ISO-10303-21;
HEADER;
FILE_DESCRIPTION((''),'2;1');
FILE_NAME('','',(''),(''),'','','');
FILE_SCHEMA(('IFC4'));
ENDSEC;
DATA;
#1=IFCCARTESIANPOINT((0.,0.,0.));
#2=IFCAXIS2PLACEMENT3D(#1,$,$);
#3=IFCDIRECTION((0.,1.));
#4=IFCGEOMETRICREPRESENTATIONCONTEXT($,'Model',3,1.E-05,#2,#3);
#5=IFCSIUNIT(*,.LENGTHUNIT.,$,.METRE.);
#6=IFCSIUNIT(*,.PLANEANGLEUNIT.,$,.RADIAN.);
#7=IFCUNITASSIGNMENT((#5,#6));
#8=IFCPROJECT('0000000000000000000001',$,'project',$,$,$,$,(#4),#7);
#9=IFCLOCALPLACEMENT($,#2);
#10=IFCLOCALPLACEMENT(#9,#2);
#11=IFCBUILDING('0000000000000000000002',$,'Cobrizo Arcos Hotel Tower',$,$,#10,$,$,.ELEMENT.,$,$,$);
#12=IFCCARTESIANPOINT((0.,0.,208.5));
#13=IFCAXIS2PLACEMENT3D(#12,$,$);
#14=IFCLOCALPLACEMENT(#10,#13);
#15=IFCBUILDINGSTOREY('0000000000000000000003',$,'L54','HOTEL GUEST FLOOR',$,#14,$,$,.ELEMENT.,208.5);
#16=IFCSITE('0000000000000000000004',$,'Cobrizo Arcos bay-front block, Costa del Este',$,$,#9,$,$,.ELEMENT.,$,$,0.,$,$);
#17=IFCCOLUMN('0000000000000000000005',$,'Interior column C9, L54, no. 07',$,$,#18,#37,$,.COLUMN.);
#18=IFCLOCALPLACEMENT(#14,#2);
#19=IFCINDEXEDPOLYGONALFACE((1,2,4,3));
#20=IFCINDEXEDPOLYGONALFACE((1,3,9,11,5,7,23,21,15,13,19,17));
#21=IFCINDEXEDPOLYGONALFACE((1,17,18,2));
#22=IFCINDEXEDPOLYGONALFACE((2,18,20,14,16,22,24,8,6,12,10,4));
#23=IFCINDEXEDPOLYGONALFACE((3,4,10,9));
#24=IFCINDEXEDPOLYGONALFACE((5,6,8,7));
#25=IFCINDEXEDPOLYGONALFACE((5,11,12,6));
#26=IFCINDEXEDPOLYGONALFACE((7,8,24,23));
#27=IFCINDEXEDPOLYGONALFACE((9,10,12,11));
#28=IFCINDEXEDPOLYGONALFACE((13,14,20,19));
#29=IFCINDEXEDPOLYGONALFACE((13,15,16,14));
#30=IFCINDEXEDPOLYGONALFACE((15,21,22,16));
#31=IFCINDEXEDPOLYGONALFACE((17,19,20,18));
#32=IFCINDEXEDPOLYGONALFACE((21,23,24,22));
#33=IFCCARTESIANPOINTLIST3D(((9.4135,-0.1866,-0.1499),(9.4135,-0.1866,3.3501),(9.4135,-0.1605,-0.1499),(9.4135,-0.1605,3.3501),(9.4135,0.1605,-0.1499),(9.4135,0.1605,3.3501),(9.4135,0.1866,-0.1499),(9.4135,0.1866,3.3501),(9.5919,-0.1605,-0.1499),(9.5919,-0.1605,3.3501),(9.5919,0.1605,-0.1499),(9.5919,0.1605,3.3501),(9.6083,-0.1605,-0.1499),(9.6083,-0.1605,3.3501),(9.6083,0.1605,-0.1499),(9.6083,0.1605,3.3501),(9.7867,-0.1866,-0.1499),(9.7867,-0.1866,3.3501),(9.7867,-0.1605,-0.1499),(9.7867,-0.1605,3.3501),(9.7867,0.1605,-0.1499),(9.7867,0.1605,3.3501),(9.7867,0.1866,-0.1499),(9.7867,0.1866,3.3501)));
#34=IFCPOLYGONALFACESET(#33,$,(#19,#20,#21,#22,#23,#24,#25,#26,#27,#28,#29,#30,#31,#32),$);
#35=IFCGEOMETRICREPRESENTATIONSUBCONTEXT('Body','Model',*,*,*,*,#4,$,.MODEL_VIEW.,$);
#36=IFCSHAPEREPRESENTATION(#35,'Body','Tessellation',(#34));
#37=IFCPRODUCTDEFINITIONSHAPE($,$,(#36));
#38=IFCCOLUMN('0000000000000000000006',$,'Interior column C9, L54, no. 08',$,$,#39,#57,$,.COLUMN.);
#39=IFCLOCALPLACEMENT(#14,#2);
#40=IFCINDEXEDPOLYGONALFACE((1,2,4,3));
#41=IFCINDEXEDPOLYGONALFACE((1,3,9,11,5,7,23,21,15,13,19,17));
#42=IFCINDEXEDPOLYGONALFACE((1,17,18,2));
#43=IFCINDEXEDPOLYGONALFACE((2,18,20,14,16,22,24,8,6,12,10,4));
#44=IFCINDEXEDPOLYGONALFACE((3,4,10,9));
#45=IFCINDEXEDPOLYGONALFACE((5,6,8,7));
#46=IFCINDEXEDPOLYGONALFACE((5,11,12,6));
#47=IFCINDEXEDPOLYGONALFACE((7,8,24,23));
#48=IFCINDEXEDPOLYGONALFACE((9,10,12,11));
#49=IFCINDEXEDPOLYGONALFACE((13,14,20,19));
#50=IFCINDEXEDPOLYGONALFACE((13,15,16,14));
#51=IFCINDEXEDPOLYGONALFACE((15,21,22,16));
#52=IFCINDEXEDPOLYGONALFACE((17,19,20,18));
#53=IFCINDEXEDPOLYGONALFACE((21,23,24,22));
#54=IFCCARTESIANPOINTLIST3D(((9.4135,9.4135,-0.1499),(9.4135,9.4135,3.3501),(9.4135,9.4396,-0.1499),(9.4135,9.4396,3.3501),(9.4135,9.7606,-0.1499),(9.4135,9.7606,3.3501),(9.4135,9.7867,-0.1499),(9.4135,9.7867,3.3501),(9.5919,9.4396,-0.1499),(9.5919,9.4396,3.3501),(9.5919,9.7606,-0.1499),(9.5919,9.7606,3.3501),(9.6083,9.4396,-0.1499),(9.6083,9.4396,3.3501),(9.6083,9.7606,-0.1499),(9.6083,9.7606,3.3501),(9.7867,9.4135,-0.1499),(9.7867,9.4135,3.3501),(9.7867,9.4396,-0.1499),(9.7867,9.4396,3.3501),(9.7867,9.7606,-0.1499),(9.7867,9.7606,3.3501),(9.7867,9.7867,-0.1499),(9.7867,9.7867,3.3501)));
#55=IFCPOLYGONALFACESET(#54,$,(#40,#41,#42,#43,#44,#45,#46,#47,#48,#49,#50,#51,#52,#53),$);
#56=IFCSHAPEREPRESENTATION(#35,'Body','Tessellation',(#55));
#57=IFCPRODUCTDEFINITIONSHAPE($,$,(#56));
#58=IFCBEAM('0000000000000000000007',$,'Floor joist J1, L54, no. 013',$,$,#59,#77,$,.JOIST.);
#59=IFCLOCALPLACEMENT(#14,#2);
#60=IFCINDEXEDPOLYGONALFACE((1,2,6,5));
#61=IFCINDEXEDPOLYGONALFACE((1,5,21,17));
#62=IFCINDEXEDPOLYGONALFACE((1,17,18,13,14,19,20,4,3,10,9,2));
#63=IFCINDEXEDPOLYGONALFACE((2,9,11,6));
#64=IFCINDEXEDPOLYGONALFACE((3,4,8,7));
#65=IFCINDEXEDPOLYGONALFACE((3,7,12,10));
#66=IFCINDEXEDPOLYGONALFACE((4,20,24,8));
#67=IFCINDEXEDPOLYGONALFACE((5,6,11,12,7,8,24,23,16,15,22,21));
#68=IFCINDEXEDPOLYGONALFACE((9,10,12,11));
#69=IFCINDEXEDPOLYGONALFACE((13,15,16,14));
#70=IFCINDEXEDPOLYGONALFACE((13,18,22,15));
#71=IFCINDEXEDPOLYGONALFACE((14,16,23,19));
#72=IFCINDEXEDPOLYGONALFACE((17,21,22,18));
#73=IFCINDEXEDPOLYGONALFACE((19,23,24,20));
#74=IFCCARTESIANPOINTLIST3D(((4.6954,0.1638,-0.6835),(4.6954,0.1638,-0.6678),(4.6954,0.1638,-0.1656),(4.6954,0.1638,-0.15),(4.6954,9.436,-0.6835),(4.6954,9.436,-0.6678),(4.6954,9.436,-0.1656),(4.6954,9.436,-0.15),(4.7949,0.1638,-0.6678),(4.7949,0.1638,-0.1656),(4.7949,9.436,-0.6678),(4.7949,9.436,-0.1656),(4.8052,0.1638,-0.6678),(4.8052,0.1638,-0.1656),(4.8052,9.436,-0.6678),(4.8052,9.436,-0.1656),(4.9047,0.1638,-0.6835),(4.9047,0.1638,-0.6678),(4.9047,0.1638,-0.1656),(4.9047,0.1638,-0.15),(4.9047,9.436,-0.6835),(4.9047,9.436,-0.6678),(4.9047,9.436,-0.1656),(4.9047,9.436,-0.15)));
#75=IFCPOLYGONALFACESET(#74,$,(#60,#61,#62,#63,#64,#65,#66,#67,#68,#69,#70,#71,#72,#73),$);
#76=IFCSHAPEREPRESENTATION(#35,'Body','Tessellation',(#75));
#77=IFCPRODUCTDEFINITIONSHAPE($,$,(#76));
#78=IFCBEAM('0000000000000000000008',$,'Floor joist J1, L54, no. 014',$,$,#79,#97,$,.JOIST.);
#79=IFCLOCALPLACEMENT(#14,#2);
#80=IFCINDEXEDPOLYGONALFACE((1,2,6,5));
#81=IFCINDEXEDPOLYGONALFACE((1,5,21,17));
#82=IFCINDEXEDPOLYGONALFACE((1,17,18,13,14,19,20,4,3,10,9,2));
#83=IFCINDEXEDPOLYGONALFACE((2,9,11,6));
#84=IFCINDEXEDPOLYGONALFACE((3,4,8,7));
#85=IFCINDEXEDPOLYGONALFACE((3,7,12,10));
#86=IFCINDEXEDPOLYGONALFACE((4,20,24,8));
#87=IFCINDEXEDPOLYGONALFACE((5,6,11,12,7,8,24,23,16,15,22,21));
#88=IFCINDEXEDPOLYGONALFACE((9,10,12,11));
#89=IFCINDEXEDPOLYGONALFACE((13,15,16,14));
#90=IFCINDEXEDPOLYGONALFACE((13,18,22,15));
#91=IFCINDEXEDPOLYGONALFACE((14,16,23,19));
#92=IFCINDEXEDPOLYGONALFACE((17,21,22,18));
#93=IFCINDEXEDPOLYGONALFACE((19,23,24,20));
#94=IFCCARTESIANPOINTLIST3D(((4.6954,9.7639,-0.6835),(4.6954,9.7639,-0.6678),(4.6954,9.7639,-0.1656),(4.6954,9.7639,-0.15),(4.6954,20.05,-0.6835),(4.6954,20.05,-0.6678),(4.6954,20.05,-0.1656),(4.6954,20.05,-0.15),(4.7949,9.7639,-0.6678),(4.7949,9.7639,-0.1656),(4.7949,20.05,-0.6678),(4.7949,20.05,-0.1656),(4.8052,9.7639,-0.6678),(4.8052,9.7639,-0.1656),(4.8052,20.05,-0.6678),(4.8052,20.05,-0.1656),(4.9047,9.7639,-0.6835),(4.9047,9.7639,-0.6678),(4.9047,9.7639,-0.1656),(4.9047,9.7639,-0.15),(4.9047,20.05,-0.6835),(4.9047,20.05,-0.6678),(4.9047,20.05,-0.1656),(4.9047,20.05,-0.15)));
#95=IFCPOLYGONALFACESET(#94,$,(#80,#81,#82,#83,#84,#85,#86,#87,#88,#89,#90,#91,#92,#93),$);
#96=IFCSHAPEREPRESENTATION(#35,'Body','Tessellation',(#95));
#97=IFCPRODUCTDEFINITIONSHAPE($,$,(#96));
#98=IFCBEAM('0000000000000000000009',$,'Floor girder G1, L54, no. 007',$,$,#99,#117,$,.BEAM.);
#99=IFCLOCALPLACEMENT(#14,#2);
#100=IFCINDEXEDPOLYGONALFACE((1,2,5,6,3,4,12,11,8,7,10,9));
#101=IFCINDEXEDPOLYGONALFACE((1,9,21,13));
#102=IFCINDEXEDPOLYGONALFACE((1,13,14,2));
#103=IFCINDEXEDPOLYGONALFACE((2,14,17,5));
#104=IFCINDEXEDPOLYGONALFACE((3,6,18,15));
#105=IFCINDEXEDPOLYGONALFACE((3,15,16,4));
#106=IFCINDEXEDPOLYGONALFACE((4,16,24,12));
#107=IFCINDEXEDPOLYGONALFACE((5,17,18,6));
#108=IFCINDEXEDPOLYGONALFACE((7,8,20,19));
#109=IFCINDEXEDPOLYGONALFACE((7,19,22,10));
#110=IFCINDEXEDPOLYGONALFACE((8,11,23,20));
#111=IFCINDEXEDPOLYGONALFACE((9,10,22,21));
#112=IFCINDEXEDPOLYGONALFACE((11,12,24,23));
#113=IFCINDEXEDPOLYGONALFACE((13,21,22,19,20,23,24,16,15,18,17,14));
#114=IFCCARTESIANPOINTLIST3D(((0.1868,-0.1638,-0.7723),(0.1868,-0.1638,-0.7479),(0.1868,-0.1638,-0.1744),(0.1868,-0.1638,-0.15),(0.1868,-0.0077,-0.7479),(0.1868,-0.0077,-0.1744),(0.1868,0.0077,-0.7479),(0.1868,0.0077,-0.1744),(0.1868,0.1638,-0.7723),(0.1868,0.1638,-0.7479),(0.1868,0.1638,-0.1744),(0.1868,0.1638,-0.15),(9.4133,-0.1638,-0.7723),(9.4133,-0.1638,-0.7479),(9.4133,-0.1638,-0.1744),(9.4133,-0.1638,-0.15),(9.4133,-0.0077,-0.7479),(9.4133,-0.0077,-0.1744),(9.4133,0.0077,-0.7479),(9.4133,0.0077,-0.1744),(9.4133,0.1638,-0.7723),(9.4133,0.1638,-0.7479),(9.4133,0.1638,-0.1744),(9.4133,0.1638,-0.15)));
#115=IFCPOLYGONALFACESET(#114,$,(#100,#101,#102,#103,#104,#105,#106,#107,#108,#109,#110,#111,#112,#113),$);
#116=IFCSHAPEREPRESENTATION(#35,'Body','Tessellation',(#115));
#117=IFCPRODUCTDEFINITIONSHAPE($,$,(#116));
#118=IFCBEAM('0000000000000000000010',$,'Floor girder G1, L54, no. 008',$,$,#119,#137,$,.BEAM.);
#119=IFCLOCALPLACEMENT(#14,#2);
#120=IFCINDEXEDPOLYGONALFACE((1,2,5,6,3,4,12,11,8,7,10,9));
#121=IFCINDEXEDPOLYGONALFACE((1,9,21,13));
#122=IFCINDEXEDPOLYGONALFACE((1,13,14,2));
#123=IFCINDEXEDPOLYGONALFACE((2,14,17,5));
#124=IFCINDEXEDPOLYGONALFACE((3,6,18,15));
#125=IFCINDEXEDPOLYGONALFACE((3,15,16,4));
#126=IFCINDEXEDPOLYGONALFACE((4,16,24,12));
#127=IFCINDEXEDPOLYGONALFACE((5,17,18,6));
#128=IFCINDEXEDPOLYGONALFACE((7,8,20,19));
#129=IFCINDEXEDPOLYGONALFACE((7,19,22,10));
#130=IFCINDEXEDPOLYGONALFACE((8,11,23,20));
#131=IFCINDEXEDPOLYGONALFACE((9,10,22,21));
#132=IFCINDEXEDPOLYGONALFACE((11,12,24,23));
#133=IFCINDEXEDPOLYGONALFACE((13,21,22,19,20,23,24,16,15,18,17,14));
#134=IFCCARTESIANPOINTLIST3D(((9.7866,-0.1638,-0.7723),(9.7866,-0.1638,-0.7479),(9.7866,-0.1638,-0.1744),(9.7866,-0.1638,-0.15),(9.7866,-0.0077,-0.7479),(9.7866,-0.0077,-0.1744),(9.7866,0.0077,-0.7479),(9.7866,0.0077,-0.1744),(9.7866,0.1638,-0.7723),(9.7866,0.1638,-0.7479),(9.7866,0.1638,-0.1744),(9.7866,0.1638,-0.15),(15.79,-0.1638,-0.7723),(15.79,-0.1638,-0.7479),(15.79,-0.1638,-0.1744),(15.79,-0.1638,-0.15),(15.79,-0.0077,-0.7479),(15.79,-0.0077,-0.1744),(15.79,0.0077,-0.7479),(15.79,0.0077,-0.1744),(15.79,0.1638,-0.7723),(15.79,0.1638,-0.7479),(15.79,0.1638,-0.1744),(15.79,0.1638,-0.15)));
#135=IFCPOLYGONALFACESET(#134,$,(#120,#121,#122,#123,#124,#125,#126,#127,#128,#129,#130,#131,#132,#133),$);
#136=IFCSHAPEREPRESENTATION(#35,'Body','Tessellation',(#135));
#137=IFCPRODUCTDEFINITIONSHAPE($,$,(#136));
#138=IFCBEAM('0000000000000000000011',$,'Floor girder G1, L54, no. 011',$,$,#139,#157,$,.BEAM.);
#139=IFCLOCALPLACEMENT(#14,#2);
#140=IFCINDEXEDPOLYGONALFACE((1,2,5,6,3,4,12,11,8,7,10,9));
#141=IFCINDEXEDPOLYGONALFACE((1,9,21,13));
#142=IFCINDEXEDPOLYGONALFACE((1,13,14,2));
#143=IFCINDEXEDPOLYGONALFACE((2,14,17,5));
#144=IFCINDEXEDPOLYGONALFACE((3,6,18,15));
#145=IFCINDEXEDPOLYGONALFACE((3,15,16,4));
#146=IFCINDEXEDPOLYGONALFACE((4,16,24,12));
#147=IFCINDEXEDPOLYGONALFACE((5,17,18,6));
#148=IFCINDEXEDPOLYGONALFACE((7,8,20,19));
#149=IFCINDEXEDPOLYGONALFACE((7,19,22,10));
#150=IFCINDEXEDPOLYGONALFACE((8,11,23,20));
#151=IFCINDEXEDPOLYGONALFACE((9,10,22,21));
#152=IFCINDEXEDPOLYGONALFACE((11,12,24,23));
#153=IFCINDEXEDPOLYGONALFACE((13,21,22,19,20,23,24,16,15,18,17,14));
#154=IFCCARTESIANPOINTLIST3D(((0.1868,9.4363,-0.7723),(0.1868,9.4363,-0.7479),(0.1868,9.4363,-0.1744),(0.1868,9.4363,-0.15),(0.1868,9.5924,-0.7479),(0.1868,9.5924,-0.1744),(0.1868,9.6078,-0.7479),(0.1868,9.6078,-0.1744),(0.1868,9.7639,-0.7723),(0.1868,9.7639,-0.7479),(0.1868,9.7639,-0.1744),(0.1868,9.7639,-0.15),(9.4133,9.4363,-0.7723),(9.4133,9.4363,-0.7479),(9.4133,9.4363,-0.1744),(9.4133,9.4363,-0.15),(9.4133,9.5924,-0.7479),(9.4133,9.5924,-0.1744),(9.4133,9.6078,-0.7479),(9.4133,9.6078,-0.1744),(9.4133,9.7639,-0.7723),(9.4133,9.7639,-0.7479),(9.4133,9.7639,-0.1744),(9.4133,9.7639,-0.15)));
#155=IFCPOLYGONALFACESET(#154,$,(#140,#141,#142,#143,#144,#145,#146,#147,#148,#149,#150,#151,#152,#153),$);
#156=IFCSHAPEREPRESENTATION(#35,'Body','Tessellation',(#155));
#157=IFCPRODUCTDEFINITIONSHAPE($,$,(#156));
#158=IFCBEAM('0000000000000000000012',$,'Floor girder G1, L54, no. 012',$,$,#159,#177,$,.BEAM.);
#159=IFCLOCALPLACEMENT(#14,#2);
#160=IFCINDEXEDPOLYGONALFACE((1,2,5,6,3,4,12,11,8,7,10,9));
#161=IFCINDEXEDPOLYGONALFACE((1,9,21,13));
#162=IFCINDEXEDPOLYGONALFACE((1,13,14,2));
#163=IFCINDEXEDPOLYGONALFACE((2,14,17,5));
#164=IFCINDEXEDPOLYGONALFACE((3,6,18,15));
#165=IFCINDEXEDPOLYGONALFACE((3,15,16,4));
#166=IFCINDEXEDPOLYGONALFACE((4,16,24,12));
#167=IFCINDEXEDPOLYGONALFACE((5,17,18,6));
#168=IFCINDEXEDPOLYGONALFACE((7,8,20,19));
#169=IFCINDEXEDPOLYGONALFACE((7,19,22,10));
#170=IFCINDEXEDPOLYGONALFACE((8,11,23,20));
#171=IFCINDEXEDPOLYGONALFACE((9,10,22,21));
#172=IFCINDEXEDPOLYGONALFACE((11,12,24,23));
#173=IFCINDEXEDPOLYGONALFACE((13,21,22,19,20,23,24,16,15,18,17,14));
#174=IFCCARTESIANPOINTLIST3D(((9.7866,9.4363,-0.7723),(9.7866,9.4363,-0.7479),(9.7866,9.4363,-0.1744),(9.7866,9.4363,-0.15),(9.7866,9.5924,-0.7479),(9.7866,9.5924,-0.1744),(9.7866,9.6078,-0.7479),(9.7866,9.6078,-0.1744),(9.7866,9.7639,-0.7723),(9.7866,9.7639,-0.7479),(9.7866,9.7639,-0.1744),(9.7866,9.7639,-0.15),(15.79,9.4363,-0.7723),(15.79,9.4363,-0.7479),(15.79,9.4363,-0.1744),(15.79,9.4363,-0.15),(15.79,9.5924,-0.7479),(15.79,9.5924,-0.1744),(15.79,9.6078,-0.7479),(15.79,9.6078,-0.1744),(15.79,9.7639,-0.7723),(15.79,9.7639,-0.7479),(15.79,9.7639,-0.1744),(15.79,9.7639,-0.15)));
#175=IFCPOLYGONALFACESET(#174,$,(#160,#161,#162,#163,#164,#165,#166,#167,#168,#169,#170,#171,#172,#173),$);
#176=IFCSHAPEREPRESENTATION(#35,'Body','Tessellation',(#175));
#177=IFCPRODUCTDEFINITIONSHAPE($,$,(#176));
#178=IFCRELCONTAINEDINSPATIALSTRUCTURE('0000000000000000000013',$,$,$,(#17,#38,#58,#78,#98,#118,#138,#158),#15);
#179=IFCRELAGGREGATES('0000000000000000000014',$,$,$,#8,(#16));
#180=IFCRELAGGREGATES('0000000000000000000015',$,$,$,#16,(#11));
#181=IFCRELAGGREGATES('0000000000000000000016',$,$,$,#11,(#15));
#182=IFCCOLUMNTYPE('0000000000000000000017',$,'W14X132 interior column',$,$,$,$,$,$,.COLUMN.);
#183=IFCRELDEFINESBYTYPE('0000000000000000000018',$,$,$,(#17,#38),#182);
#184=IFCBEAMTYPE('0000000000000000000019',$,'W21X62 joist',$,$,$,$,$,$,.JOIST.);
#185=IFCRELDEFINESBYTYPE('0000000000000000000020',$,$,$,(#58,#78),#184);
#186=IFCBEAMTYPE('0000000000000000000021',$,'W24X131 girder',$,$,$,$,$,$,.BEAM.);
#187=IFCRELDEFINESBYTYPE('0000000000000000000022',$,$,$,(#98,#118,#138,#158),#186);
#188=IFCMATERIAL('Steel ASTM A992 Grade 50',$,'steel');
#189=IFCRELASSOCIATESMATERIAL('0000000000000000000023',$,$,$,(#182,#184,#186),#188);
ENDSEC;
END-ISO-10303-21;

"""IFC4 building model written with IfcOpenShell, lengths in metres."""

from ifc_helpers import new_model, si_unit, direction, frame, origin, origin_2d, place, context, subcontext, project, spatial, i_section, extrude, material, material_profile, profile_set, type_object, element, save


model = new_model("IFC4")

# Units and contexts
model_context = context("Model", 3, precision=1e-05, world=origin(), true_north=direction((0.0, 1.0)))
body_context = subcontext(model_context, "Body", "Model", "MODEL_VIEW")
ifc_project = project(units=[si_unit("LENGTHUNIT", "METRE"), si_unit("PLANEANGLEUNIT", "RADIAN")], contexts=[model_context])

# Site, building, storey
site_placement = place(None, origin())
site = spatial("IfcSite", under=ifc_project, at=site_placement, Name="Cobrizo Arcos bay-front block, Costa del Este", CompositionType="ELEMENT", RefElevation=0.0)
building_placement = place(site_placement, origin())
building = spatial("IfcBuilding", under=site, at=building_placement, Name="Cobrizo Arcos Hotel Tower", CompositionType="ELEMENT")
storey_placement = place(building_placement, frame((0.0, 0.0, 208.5)))
storey = spatial("IfcBuildingStorey", under=building, at=storey_placement, Name="L54", Description="HOTEL GUEST FLOOR", CompositionType="ELEMENT", Elevation=208.5)

# Columns
ifc_material_1 = material(Name="Steel ASTM A992 Grade 50", Category="steel")
ifc_material_profile_1 = material_profile(ifc_material_1, i_section(OverallWidth=0.3733, OverallDepth=0.3733, WebThickness=0.0164, FlangeThickness=0.0261, at=origin_2d()), Name="W14X132")
ifc_profile_set_1 = profile_set([ifc_material_profile_1], Name="Steel ASTM A992 Grade 50")
column_type = type_object("IfcColumnType", Name="W14X132 interior column", PredefinedType="COLUMN", material=ifc_profile_set_1)
for number, where, z_axis, x_axis, name in (
    (1, (9.6001, 0.0, -0.1499), (0.0, 0.0, 1.0), (1.0, 0.0, 0.0), "Interior column C9, L54, no. 07"),
    (2, (9.6001, 9.6001, -0.1499), (0.0, 0.0, 1.0), (1.0, 0.0, 0.0), "Interior column C9, L54, no. 08"),
):
    element("IfcColumn", number, at=place(storey_placement, frame(where, z_axis=z_axis, x_axis=x_axis)), inside=storey, type_object=column_type, Name=name, PredefinedType="COLUMN", context=body_context, shape_type="SweptSolid", body=[
        extrude(i_section(OverallWidth=0.3733, OverallDepth=0.3733, WebThickness=0.0164, FlangeThickness=0.0261, at=origin_2d()), origin(), (0.0, 0.0, 1.0), 3.5),
    ])

# Beams
ifc_material_profile_2 = material_profile(ifc_material_1, i_section(OverallWidth=0.2092, OverallDepth=0.5334, WebThickness=0.0103, FlangeThickness=0.0156, at=origin_2d()), Name="W21X62")
ifc_profile_set_2 = profile_set([ifc_material_profile_2], Name="Steel ASTM A992 Grade 50")
beam_type_1 = type_object("IfcBeamType", Name="W21X62 joist", PredefinedType="JOIST", material=ifc_profile_set_2)
beam_1_placement = place(storey_placement, frame((4.8, 0.1638, -0.4167), z_axis=(0.0, 1.0, 0.0), x_axis=(-1.0, 0.0, 0.0)))
element("IfcBeam", 3, at=beam_1_placement, inside=storey, type_object=beam_type_1, Name="Floor joist J1, L54, no. 013", PredefinedType="JOIST", context=body_context, shape_type="SweptSolid", body=[
    extrude(i_section(OverallWidth=0.2092, OverallDepth=0.5334, WebThickness=0.0103, FlangeThickness=0.0156, at=origin_2d()), origin(), (0.0, 0.0, 1.0), 9.2722),
])
beam_2_placement = place(storey_placement, frame((4.8, 9.7639, -0.4167), z_axis=(0.0, 1.0, 0.0), x_axis=(-1.0, 0.0, 0.0)))
element("IfcBeam", 4, at=beam_2_placement, inside=storey, type_object=beam_type_1, Name="Floor joist J1, L54, no. 014", PredefinedType="JOIST", context=body_context, shape_type="SweptSolid", body=[
    extrude(i_section(OverallWidth=0.2092, OverallDepth=0.5334, WebThickness=0.0103, FlangeThickness=0.0156, at=origin_2d()), origin(), (0.0, 0.0, 1.0), 10.2861),
])
ifc_material_profile_3 = material_profile(ifc_material_1, i_section(OverallWidth=0.3276, OverallDepth=0.6223, WebThickness=0.0154, FlangeThickness=0.0244, at=origin_2d()), Name="W24X131")
ifc_profile_set_3 = profile_set([ifc_material_profile_3], Name="Steel ASTM A992 Grade 50")
beam_type_2 = type_object("IfcBeamType", Name="W24X131 girder", PredefinedType="BEAM", material=ifc_profile_set_3)
beam_3_placement = place(storey_placement, frame((0.1868, 0.0, -0.4612), z_axis=(1.0, 0.0, 0.0), x_axis=(0.0, 1.0, 0.0)))
element("IfcBeam", 5, at=beam_3_placement, inside=storey, type_object=beam_type_2, Name="Floor girder G1, L54, no. 007", PredefinedType="BEAM", context=body_context, shape_type="SweptSolid", body=[
    extrude(i_section(OverallWidth=0.3276, OverallDepth=0.6223, WebThickness=0.0154, FlangeThickness=0.0244, at=origin_2d()), origin(), (0.0, 0.0, 1.0), 9.2266),
])
beam_4_placement = place(storey_placement, frame((9.7866, 0.0, -0.4612), z_axis=(1.0, 0.0, 0.0), x_axis=(0.0, 1.0, 0.0)))
element("IfcBeam", 6, at=beam_4_placement, inside=storey, type_object=beam_type_2, Name="Floor girder G1, L54, no. 008", PredefinedType="BEAM", context=body_context, shape_type="SweptSolid", body=[
    extrude(i_section(OverallWidth=0.3276, OverallDepth=0.6223, WebThickness=0.0154, FlangeThickness=0.0244, at=origin_2d()), origin(), (0.0, 0.0, 1.0), 6.0034),
])
beam_5_placement = place(storey_placement, frame((0.1868, 9.6001, -0.4612), z_axis=(1.0, 0.0, 0.0), x_axis=(0.0, 1.0, 0.0)))
element("IfcBeam", 7, at=beam_5_placement, inside=storey, type_object=beam_type_2, Name="Floor girder G1, L54, no. 011", PredefinedType="BEAM", context=body_context, shape_type="SweptSolid", body=[
    extrude(i_section(OverallWidth=0.3276, OverallDepth=0.6223, WebThickness=0.0154, FlangeThickness=0.0244, at=origin_2d()), origin(), (0.0, 0.0, 1.0), 9.2266),
])
beam_6_placement = place(storey_placement, frame((9.7866, 9.6001, -0.4612), z_axis=(1.0, 0.0, 0.0), x_axis=(0.0, 1.0, 0.0)))
element("IfcBeam", 8, at=beam_6_placement, inside=storey, type_object=beam_type_2, Name="Floor girder G1, L54, no. 012", PredefinedType="BEAM", context=body_context, shape_type="SweptSolid", body=[
    extrude(i_section(OverallWidth=0.3276, OverallDepth=0.6223, WebThickness=0.0154, FlangeThickness=0.0244, at=origin_2d()), origin(), (0.0, 0.0, 1.0), 6.0034),
])

save(model, "model.ifc")
